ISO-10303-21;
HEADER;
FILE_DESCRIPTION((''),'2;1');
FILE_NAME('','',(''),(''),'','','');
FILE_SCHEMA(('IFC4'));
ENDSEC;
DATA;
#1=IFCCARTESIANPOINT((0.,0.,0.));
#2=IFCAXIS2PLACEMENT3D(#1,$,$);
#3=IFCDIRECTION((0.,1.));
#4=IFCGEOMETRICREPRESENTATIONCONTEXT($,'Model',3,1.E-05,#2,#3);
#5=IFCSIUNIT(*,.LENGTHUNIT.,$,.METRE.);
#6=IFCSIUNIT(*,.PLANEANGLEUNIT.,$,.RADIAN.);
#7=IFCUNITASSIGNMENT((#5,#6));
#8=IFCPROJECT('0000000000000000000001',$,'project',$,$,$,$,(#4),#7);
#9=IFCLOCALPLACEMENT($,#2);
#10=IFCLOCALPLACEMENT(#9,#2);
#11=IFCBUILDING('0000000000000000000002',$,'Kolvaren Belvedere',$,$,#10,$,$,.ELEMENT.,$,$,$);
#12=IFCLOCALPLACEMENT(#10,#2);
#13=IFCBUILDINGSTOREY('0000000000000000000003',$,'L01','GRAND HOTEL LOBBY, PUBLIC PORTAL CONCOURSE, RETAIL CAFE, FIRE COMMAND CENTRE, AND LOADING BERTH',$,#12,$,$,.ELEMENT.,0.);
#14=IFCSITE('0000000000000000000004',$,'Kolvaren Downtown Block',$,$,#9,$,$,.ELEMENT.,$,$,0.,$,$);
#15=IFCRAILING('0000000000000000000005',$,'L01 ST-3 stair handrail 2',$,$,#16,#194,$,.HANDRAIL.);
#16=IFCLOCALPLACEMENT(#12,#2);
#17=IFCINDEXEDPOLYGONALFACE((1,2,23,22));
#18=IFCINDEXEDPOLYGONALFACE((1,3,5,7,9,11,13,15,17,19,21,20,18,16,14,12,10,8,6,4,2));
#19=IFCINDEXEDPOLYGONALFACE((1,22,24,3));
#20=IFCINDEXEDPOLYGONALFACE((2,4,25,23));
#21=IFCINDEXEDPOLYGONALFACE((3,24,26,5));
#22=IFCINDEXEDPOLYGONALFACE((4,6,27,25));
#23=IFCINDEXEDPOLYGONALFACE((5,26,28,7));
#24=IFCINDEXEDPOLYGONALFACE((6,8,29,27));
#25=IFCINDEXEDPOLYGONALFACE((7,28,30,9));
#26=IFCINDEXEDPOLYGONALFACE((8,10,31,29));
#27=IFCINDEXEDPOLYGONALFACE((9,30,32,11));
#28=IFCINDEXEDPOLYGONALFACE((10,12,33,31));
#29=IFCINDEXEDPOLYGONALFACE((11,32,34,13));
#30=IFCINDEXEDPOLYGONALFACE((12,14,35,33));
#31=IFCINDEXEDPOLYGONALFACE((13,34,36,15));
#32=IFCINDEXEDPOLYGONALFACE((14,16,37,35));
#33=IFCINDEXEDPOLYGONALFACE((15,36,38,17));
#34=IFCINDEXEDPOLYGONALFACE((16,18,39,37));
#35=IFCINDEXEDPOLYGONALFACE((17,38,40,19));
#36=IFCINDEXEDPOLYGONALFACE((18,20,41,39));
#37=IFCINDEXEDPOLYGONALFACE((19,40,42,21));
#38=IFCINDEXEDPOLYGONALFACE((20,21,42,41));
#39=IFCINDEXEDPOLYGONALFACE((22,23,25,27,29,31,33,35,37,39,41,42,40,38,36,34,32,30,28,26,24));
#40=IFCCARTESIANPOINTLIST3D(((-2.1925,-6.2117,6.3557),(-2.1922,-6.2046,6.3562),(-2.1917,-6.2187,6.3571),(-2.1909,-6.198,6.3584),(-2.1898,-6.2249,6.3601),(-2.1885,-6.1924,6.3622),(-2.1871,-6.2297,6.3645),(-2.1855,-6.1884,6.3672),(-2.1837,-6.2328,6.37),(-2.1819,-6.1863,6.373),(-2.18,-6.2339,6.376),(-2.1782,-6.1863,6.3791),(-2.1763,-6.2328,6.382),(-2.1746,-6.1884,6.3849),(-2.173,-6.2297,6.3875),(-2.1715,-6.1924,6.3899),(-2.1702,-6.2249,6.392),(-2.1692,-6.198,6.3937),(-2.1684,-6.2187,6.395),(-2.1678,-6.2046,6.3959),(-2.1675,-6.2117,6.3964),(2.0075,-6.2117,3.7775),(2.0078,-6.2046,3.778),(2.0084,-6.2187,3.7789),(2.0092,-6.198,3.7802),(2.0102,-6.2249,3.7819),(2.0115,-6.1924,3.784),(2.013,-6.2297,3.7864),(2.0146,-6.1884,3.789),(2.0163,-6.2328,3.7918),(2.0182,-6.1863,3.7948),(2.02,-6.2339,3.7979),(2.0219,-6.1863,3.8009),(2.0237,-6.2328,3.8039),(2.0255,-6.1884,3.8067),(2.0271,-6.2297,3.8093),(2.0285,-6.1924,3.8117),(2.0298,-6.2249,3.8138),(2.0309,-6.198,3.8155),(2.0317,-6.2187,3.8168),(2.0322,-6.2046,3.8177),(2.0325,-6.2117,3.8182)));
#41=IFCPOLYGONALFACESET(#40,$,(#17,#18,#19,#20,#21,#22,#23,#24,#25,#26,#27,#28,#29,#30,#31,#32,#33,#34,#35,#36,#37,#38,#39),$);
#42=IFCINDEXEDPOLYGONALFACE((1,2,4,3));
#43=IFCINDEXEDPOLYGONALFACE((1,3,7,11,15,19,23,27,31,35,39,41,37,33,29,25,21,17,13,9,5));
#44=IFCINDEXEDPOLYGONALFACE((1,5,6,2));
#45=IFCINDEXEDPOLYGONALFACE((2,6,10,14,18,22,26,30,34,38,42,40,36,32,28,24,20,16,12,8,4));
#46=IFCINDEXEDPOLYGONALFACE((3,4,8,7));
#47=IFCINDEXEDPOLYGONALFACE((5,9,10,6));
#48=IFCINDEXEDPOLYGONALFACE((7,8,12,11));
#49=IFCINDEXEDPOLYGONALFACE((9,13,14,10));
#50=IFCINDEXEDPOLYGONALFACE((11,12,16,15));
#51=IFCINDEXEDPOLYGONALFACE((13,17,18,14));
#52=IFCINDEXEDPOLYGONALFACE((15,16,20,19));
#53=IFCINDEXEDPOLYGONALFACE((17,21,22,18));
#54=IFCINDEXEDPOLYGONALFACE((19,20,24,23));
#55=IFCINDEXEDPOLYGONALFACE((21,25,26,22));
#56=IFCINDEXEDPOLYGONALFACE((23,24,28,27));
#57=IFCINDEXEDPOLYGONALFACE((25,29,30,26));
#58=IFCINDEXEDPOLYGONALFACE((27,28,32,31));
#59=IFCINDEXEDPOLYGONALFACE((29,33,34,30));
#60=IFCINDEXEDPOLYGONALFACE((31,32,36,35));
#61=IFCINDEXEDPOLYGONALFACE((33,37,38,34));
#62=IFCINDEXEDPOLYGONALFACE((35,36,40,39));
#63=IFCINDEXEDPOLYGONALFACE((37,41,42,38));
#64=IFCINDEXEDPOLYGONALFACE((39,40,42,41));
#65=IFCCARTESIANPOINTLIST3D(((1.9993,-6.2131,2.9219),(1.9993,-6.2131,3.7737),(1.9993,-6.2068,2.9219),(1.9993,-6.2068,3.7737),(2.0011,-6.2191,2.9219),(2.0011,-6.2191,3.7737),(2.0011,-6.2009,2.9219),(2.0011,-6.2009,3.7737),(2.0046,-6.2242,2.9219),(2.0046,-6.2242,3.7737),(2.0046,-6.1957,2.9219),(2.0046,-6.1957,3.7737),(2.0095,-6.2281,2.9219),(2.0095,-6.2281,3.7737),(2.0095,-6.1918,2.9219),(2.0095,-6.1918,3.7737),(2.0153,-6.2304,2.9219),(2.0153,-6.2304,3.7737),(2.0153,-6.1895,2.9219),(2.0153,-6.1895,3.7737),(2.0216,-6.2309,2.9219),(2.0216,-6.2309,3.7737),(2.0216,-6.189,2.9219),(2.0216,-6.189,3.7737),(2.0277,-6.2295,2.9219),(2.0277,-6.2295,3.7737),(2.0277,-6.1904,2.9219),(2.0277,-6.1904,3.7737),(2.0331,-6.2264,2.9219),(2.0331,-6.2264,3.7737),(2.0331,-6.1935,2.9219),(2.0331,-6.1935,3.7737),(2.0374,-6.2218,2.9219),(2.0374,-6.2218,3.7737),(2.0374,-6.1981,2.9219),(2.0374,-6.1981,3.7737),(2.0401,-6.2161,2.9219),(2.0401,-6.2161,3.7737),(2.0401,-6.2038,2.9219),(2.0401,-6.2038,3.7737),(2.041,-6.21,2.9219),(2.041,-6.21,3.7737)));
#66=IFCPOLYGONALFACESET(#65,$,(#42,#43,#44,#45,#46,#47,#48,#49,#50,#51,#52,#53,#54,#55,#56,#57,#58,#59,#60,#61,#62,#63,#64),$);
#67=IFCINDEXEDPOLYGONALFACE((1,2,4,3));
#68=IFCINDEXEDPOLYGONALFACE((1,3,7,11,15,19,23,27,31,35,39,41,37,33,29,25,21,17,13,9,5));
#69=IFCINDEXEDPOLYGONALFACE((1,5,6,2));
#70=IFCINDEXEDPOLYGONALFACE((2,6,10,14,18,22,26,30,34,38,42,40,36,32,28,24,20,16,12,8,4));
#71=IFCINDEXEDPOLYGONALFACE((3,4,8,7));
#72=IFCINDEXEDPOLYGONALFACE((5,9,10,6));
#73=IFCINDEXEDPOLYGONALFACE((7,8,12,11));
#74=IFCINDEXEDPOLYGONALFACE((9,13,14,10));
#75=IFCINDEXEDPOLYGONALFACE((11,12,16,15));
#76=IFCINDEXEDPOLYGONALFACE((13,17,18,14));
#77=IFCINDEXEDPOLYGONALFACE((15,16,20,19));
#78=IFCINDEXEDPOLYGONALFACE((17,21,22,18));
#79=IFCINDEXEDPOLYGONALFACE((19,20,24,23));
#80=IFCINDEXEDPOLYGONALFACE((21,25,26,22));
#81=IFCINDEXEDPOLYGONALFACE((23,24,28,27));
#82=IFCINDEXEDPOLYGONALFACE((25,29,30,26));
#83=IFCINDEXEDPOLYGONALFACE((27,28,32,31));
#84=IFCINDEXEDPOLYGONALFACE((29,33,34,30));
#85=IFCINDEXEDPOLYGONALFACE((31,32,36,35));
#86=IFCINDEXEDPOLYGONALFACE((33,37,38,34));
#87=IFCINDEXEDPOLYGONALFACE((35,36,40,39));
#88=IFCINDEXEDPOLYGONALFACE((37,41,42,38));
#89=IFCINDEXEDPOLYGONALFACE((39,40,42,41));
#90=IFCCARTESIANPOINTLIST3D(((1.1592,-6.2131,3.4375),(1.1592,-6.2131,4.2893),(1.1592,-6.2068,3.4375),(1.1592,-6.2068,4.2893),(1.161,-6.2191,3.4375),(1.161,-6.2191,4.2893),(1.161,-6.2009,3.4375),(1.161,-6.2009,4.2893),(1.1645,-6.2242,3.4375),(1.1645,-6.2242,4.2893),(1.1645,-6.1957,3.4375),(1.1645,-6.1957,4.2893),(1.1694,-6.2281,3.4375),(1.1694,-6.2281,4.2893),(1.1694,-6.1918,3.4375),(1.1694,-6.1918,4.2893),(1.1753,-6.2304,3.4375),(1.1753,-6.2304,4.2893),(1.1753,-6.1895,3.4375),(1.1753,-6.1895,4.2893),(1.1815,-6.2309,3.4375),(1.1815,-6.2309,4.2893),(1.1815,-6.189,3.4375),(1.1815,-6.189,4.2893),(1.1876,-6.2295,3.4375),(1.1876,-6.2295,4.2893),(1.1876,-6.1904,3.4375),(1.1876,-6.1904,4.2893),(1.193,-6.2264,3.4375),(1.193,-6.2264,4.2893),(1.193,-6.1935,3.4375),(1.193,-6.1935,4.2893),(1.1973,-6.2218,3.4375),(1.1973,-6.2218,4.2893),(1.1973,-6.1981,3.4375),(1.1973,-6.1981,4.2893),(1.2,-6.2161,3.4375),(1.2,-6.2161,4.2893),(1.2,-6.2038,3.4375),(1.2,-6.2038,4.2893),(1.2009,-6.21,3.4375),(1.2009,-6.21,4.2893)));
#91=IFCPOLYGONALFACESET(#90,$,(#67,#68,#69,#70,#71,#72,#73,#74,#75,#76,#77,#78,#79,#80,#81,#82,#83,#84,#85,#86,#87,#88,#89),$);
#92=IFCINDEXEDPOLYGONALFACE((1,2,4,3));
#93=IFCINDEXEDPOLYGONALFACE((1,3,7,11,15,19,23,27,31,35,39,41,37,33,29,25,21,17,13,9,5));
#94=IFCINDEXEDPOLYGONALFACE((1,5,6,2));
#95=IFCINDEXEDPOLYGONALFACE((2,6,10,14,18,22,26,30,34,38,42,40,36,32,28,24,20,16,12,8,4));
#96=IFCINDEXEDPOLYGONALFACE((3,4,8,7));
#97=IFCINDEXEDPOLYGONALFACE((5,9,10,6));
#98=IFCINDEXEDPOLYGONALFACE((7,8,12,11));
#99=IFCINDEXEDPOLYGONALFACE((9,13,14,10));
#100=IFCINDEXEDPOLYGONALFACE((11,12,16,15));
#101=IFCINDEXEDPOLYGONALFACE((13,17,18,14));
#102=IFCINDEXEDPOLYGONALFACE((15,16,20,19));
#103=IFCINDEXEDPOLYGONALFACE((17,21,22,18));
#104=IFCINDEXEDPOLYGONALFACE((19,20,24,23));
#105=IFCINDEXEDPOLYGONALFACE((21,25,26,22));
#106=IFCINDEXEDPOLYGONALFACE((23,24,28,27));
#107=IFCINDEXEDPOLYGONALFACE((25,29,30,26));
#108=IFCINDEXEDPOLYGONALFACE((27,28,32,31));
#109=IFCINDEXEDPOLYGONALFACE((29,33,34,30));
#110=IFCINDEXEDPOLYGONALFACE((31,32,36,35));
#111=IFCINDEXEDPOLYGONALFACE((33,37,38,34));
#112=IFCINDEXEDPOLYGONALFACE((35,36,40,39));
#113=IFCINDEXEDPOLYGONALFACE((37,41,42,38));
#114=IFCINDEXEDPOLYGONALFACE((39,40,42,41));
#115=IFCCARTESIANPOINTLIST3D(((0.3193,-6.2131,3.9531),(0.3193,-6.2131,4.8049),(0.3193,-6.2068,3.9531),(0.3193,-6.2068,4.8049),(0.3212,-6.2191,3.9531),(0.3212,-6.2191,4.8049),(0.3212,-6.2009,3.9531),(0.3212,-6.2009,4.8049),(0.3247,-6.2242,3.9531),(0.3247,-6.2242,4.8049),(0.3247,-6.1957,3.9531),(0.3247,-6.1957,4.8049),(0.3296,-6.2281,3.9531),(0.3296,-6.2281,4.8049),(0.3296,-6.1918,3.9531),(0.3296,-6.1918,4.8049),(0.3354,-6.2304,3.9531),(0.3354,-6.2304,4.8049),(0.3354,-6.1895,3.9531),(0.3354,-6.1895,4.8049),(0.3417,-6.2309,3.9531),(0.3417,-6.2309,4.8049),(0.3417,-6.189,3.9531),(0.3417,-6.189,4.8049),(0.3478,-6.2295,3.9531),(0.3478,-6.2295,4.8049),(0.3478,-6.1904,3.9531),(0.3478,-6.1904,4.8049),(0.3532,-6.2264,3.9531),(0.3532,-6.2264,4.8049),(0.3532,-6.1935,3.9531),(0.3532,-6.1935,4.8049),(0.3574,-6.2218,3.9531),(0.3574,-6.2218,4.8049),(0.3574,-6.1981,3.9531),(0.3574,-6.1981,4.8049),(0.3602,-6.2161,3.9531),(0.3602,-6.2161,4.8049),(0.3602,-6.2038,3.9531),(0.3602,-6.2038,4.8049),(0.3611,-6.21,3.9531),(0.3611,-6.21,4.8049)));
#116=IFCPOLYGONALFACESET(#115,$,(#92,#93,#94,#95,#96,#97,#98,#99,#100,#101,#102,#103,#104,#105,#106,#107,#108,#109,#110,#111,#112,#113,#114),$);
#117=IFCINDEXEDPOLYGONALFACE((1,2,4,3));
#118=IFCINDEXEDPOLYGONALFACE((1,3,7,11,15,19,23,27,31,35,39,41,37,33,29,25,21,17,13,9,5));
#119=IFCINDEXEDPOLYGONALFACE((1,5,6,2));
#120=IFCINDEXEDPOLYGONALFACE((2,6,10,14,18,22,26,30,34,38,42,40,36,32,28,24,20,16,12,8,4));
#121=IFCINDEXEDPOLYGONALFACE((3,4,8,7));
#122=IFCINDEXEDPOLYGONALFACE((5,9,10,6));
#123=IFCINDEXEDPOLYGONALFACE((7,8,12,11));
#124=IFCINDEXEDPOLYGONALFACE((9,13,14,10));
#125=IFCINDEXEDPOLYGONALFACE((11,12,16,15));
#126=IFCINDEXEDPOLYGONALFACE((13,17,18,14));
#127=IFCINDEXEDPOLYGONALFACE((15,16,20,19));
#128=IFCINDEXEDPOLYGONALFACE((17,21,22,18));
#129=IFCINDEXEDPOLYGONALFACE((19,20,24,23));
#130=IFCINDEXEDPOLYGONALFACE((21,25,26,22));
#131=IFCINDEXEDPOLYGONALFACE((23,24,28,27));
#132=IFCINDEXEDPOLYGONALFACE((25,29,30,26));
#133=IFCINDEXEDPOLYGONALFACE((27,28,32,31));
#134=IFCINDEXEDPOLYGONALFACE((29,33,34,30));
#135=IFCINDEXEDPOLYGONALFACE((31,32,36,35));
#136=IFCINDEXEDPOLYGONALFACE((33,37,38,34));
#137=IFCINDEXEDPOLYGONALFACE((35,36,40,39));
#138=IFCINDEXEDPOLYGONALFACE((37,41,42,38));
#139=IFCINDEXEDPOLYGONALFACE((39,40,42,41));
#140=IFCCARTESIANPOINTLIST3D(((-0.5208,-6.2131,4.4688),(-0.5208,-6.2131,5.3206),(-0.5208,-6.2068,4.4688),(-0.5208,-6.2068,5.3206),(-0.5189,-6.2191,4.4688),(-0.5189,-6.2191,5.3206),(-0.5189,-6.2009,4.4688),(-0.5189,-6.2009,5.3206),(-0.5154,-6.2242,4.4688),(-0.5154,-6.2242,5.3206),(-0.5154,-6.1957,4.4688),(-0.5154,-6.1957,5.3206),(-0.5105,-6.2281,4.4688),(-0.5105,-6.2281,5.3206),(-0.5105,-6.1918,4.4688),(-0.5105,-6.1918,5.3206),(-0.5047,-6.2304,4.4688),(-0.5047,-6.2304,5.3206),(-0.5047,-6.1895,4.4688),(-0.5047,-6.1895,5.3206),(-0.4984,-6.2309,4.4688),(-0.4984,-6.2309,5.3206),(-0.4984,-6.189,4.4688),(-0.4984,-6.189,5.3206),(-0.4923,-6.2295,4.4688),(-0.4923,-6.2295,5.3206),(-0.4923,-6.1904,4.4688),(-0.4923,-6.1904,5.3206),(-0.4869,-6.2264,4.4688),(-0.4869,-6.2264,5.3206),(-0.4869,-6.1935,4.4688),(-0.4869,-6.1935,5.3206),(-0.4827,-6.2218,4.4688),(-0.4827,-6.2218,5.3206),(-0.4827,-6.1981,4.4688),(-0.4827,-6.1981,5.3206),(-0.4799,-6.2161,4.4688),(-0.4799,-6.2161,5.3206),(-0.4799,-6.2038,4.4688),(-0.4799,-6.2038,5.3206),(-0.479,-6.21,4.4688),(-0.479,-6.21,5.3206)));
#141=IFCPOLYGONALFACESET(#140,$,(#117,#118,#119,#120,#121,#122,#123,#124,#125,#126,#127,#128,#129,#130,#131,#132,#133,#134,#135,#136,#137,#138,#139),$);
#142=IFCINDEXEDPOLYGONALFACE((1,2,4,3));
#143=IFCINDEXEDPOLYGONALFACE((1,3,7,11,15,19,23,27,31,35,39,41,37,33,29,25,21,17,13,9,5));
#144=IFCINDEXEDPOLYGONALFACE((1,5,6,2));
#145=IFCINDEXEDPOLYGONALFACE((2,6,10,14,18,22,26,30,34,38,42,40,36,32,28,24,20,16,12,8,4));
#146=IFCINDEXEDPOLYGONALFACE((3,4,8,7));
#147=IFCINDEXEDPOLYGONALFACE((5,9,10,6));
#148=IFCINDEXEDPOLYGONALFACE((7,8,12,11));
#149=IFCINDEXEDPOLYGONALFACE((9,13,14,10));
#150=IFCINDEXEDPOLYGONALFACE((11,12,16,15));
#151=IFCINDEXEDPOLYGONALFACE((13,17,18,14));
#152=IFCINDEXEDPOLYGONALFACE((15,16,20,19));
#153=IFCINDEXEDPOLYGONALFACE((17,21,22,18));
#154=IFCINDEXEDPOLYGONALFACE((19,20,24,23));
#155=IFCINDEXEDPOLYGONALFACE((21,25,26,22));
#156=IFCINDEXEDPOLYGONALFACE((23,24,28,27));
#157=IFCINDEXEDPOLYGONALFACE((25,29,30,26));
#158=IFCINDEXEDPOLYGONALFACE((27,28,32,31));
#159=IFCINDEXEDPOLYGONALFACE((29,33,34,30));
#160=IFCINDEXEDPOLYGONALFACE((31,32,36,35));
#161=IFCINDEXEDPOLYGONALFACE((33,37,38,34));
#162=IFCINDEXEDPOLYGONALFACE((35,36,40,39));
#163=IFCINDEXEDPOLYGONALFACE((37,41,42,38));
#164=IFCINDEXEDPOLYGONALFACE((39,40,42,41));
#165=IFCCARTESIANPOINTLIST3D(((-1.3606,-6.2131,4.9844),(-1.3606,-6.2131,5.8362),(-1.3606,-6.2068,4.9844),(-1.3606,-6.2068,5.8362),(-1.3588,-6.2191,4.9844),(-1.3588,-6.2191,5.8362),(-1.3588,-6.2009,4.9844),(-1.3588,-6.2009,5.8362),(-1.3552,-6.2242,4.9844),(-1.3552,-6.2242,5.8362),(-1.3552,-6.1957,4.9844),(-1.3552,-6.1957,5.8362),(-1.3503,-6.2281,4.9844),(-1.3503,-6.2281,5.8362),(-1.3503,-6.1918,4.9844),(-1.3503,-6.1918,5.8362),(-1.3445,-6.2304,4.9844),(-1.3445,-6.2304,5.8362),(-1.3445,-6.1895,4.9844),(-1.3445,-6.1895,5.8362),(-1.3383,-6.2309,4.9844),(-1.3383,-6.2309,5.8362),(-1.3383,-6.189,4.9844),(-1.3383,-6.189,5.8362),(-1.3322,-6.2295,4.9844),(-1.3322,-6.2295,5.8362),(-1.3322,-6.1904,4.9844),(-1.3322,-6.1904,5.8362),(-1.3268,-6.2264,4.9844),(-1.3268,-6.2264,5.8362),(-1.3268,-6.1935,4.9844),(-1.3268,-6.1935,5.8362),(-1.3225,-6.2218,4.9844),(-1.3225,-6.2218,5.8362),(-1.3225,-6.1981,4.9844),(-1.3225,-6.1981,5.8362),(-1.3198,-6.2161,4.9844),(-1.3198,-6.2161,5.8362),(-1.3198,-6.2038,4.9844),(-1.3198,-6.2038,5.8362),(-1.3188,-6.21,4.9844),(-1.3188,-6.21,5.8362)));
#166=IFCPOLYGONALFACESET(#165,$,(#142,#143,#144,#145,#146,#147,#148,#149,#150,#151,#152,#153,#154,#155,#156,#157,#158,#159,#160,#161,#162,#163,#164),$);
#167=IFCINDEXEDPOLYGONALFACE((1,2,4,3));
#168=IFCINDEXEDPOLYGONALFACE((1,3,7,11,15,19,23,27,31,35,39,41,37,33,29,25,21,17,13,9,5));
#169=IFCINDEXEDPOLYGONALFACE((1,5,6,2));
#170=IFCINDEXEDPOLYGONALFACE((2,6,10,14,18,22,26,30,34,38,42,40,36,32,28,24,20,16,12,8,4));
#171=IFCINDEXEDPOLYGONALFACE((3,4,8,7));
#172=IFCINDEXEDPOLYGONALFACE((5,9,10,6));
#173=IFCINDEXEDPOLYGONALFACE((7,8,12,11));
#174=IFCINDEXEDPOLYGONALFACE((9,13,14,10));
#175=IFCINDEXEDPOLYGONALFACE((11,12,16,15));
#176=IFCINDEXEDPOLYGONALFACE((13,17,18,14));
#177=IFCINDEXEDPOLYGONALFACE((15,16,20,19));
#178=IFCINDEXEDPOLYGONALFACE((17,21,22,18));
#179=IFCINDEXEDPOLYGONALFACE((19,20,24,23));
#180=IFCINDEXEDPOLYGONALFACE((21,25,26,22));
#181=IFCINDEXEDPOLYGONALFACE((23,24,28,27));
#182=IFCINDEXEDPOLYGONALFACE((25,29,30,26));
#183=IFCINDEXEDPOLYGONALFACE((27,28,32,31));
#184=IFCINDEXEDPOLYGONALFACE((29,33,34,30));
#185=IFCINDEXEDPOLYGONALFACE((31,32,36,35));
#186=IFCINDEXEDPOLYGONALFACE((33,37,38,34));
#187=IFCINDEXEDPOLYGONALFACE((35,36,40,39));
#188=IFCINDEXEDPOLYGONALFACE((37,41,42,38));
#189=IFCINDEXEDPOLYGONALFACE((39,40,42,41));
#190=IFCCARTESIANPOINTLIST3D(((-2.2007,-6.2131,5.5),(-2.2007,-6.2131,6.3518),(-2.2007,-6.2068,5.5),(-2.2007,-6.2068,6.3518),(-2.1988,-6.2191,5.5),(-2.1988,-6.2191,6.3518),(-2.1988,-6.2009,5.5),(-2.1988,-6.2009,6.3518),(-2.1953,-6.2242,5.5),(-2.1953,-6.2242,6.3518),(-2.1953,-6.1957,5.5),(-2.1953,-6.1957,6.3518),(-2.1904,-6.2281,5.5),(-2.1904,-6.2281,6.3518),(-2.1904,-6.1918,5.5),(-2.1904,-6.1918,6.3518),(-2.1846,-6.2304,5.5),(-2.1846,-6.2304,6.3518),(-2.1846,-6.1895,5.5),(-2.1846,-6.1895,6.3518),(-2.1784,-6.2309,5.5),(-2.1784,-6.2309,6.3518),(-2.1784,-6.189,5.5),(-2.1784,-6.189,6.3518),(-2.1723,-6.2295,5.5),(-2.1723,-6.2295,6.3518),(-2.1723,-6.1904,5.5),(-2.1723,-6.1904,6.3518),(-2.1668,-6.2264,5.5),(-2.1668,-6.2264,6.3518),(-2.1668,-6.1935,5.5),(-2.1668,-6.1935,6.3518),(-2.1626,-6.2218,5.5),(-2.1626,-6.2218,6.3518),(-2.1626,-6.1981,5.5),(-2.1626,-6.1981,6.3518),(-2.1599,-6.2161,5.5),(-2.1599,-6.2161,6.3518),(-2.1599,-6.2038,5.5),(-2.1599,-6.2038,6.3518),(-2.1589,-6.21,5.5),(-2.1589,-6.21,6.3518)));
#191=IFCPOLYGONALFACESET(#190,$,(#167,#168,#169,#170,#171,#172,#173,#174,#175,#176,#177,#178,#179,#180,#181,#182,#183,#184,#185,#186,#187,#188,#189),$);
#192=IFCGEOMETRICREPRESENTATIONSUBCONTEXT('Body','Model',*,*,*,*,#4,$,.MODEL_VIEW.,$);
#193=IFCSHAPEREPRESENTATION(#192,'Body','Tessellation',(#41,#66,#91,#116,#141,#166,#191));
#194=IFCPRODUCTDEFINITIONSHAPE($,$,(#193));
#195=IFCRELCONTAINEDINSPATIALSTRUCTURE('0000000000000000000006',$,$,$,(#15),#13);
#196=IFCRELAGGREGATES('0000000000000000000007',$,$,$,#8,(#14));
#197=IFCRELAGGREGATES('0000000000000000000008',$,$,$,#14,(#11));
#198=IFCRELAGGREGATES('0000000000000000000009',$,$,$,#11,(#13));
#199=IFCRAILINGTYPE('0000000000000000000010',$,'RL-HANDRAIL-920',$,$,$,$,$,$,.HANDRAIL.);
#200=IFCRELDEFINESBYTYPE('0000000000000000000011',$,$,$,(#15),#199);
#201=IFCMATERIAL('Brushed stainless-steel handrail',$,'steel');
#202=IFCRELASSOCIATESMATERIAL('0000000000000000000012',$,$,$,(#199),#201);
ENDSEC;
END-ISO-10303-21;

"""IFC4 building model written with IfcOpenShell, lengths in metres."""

from ifc_helpers import new_model, si_unit, direction, frame, origin, origin_2d, place, context, subcontext, project, spatial, circle, extrude, material, type_object, element, save


model = new_model("IFC4")

# Units and contexts
model_context = context("Model", 3, precision=1e-05, world=origin(), true_north=direction((0.0, 1.0)))
body_context = subcontext(model_context, "Body", "Model", "MODEL_VIEW")
ifc_project = project(units=[si_unit("LENGTHUNIT", "METRE"), si_unit("PLANEANGLEUNIT", "RADIAN")], contexts=[model_context])

# Site, building, storey
site_placement = place(None, origin())
site = spatial("IfcSite", under=ifc_project, at=site_placement, Name="Kolvaren Downtown Block", CompositionType="ELEMENT", RefElevation=0.0)
building_placement = place(site_placement, origin())
building = spatial("IfcBuilding", under=site, at=building_placement, Name="Kolvaren Belvedere", CompositionType="ELEMENT")
storey_placement = place(building_placement, origin())
storey = spatial("IfcBuildingStorey", under=building, at=storey_placement, Name="L01", Description="GRAND HOTEL LOBBY, PUBLIC PORTAL CONCOURSE, RETAIL CAFE, FIRE COMMAND CENTRE, AND LOADING BERTH", CompositionType="ELEMENT", Elevation=0.0)

# Railing
ifc_material_1 = material(Name="Brushed stainless-steel handrail", Category="steel")
railing_type_1 = type_object("IfcRailingType", Name="RL-HANDRAIL-920", PredefinedType="HANDRAIL", material=ifc_material_1)
railing_1_placement = place(storey_placement, frame((2.02, -6.21, 2.9219)))
element("IfcRailing", 1, at=railing_1_placement, inside=storey, type_object=railing_type_1, Name="L01 ST-3 stair handrail 2", PredefinedType="HANDRAIL", context=body_context, shape_type="SweptSolid", body=[
    extrude(circle(Radius=0.0239, at=origin_2d()), frame((0.0, 0.0, 0.876), z_axis=(-0.852243, 0.0, 0.523146), x_axis=(0.0, -1.0, 0.0)), (0.0, 0.0, 1.0), 4.9282),
    extrude(circle(Radius=0.021, at=origin_2d()), origin(), (0.0, 0.0, 1.0), 0.8518),
    extrude(circle(Radius=0.021, at=origin_2d()), frame((-0.8401, 0.0, 0.5156)), (0.0, 0.0, 1.0), 0.8518),
    extrude(circle(Radius=0.021, at=origin_2d()), frame((-1.6799, 0.0, 1.0312)), (0.0, 0.0, 1.0), 0.8518),
    extrude(circle(Radius=0.021, at=origin_2d()), frame((-2.52, 0.0, 1.5469)), (0.0, 0.0, 1.0), 0.8518),
    extrude(circle(Radius=0.021, at=origin_2d()), frame((-3.3599, 0.0, 2.0625)), (0.0, 0.0, 1.0), 0.8518),
    extrude(circle(Radius=0.021, at=origin_2d()), frame((-4.2, 0.0, 2.5781)), (0.0, 0.0, 1.0), 0.8518),
])

save(model, "model.ifc")
